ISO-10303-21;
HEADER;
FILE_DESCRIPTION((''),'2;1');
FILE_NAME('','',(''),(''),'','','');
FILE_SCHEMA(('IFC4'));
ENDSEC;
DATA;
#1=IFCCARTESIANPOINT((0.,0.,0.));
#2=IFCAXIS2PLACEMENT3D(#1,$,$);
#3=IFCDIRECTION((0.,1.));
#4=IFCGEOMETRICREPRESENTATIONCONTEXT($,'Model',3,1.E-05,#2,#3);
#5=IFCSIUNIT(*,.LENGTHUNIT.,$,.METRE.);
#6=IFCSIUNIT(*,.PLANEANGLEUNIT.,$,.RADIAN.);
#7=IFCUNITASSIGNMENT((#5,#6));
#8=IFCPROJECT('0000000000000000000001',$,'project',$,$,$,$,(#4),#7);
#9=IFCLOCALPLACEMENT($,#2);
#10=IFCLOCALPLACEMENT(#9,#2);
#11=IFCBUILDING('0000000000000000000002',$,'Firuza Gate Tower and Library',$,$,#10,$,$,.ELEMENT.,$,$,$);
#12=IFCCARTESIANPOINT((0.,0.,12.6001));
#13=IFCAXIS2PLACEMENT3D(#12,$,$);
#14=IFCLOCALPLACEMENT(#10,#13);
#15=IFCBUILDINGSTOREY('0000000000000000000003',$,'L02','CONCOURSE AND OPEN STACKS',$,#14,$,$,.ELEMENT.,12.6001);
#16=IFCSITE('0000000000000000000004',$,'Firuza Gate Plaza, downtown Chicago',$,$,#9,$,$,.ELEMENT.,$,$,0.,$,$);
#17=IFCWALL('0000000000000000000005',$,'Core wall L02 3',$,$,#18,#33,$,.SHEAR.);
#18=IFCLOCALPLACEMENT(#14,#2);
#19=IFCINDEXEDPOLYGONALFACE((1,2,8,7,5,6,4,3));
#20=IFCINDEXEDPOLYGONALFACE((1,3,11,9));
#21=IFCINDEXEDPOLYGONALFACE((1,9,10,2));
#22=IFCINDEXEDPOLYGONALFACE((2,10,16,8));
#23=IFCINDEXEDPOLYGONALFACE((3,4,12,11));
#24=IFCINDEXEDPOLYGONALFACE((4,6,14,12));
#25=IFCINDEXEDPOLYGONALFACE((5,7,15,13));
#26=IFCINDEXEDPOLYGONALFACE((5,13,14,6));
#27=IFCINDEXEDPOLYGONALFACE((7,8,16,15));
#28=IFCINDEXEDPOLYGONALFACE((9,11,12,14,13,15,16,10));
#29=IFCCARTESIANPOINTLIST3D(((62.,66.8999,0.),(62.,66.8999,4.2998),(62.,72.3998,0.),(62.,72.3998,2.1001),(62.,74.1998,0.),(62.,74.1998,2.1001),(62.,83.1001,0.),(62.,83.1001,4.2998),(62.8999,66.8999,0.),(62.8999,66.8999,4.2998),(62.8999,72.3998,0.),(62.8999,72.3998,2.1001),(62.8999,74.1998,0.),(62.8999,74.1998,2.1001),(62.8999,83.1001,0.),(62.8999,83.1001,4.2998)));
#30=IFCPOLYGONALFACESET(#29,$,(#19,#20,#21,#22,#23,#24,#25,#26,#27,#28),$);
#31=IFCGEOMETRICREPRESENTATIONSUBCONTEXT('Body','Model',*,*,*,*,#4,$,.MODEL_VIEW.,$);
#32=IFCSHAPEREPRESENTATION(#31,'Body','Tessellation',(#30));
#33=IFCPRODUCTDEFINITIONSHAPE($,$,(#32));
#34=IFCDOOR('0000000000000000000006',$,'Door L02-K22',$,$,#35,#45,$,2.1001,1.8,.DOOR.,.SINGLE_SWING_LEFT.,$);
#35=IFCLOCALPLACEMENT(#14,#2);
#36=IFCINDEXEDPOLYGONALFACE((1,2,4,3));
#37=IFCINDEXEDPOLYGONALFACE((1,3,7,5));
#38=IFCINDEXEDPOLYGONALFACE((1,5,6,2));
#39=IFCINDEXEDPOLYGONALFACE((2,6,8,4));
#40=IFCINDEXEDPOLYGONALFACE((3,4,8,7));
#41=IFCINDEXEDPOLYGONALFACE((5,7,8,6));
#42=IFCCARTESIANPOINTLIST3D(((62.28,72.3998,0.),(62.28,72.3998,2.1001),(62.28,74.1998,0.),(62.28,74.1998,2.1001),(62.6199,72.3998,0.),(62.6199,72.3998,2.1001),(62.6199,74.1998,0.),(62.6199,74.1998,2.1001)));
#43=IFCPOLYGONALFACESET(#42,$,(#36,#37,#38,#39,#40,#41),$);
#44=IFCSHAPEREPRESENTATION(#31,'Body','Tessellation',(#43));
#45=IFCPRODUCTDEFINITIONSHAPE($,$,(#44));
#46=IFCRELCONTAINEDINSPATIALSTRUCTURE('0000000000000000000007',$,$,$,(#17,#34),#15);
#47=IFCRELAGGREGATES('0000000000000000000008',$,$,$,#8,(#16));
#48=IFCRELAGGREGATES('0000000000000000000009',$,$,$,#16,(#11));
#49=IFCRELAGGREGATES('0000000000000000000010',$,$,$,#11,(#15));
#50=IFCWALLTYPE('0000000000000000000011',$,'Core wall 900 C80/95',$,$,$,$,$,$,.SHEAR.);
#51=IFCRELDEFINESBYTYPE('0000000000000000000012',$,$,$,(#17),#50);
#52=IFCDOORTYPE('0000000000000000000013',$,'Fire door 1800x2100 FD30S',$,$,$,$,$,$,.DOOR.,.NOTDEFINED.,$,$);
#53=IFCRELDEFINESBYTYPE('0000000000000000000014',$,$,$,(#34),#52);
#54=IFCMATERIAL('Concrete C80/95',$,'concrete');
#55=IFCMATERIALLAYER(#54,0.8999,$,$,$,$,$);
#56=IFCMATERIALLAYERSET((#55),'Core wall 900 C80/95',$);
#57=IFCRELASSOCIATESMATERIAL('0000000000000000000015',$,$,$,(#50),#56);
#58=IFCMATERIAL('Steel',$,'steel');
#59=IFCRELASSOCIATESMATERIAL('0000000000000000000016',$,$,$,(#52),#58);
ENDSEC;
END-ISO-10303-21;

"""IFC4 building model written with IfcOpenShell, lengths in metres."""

from ifc_helpers import new_model, si_unit, direction, frame, frame_2d, origin, place, context, subcontext, project, spatial, rectangle, extrude, material, layer, layer_set, type_object, element, fill, save


model = new_model("IFC4")

# Units and contexts
model_context = context("Model", 3, precision=1e-05, world=origin(), true_north=direction((0.0, 1.0)))
body_context = subcontext(model_context, "Body", "Model", "MODEL_VIEW")
ifc_project = project(units=[si_unit("LENGTHUNIT", "METRE"), si_unit("PLANEANGLEUNIT", "RADIAN")], contexts=[model_context])

# Site, building, storey
site_placement = place(None, origin())
site = spatial("IfcSite", under=ifc_project, at=site_placement, Name="Firuza Gate Plaza, downtown Chicago", CompositionType="ELEMENT", RefElevation=0.0)
building_placement = place(site_placement, origin())
building = spatial("IfcBuilding", under=site, at=building_placement, Name="Firuza Gate Tower and Library", CompositionType="ELEMENT")
storey_placement = place(building_placement, frame((0.0, 0.0, 12.6001)))
storey = spatial("IfcBuildingStorey", under=building, at=storey_placement, Name="L02", Description="CONCOURSE AND OPEN STACKS", CompositionType="ELEMENT", Elevation=12.6001)

# Shared definitions
ifc_material_1 = material(Name="Concrete C80/95", Category="concrete")
ifc_layer_1 = layer(ifc_material_1, 0.8999)
ifc_layer_set_1 = layer_set([ifc_layer_1], Name="Core wall 900 C80/95")
wall_type_1 = type_object("IfcWallType", Name="Core wall 900 C80/95", PredefinedType="SHEAR", material=ifc_layer_set_1)

# Wall, opening, door
wall_1_placement = place(storey_placement, frame((62.45, 66.8999, 0.0), z_axis=(0.0, 0.0, 1.0), x_axis=(0.0, 1.0, 0.0)))
wall_1 = element("IfcWall", 1, at=wall_1_placement, inside=storey, type_object=wall_type_1, Name="Core wall L02 3", PredefinedType="SHEAR", context=body_context, shape_type="SweptSolid", body=[
    extrude(rectangle(XDim=16.2002, YDim=0.8999, at=frame_2d((8.1001, 0.0))), origin(), (0.0, 0.0, 1.0), 4.2998),
])
opening_1_placement = place(wall_1_placement, frame((5.5, 0.0, 0.0)))
opening_1 = element("IfcOpeningElement", 2, at=opening_1_placement, cuts=wall_1, PredefinedType="OPENING", context=body_context, shape_type="SweptSolid", body=[
    extrude(rectangle(XDim=1.8, YDim=2.1001, at=frame_2d((0.8999, 1.05))), frame((0.0, 0.46, 0.0), z_axis=(0.0, -1.0, 0.0), x_axis=(1.0, 0.0, 0.0)), (0.0, 0.0, 1.0), 0.9199),
])
ifc_material_2 = material(Name="Steel", Category="steel")
door_type_1 = type_object("IfcDoorType", Name="Fire door 1800x2100 FD30S", OperationType="NOTDEFINED", PredefinedType="DOOR", material=ifc_material_2)
door_1_placement = place(opening_1_placement, origin())
door_1 = element("IfcDoor", 3, at=door_1_placement, inside=storey, type_object=door_type_1, Name="Door L02-K22", OperationType="SINGLE_SWING_LEFT", OverallHeight=2.1001, OverallWidth=1.8, PredefinedType="DOOR", context=body_context, shape_type="SweptSolid", body=[
    extrude(rectangle(XDim=1.8, YDim=2.1001, at=frame_2d((0.8999, 1.05))), frame((0.0, 0.1699, 0.0), z_axis=(0.0, -1.0, 0.0), x_axis=(1.0, 0.0, 0.0)), (0.0, 0.0, 1.0), 0.3398),
])
fill(opening_1, door_1)

save(model, "model.ifc")
